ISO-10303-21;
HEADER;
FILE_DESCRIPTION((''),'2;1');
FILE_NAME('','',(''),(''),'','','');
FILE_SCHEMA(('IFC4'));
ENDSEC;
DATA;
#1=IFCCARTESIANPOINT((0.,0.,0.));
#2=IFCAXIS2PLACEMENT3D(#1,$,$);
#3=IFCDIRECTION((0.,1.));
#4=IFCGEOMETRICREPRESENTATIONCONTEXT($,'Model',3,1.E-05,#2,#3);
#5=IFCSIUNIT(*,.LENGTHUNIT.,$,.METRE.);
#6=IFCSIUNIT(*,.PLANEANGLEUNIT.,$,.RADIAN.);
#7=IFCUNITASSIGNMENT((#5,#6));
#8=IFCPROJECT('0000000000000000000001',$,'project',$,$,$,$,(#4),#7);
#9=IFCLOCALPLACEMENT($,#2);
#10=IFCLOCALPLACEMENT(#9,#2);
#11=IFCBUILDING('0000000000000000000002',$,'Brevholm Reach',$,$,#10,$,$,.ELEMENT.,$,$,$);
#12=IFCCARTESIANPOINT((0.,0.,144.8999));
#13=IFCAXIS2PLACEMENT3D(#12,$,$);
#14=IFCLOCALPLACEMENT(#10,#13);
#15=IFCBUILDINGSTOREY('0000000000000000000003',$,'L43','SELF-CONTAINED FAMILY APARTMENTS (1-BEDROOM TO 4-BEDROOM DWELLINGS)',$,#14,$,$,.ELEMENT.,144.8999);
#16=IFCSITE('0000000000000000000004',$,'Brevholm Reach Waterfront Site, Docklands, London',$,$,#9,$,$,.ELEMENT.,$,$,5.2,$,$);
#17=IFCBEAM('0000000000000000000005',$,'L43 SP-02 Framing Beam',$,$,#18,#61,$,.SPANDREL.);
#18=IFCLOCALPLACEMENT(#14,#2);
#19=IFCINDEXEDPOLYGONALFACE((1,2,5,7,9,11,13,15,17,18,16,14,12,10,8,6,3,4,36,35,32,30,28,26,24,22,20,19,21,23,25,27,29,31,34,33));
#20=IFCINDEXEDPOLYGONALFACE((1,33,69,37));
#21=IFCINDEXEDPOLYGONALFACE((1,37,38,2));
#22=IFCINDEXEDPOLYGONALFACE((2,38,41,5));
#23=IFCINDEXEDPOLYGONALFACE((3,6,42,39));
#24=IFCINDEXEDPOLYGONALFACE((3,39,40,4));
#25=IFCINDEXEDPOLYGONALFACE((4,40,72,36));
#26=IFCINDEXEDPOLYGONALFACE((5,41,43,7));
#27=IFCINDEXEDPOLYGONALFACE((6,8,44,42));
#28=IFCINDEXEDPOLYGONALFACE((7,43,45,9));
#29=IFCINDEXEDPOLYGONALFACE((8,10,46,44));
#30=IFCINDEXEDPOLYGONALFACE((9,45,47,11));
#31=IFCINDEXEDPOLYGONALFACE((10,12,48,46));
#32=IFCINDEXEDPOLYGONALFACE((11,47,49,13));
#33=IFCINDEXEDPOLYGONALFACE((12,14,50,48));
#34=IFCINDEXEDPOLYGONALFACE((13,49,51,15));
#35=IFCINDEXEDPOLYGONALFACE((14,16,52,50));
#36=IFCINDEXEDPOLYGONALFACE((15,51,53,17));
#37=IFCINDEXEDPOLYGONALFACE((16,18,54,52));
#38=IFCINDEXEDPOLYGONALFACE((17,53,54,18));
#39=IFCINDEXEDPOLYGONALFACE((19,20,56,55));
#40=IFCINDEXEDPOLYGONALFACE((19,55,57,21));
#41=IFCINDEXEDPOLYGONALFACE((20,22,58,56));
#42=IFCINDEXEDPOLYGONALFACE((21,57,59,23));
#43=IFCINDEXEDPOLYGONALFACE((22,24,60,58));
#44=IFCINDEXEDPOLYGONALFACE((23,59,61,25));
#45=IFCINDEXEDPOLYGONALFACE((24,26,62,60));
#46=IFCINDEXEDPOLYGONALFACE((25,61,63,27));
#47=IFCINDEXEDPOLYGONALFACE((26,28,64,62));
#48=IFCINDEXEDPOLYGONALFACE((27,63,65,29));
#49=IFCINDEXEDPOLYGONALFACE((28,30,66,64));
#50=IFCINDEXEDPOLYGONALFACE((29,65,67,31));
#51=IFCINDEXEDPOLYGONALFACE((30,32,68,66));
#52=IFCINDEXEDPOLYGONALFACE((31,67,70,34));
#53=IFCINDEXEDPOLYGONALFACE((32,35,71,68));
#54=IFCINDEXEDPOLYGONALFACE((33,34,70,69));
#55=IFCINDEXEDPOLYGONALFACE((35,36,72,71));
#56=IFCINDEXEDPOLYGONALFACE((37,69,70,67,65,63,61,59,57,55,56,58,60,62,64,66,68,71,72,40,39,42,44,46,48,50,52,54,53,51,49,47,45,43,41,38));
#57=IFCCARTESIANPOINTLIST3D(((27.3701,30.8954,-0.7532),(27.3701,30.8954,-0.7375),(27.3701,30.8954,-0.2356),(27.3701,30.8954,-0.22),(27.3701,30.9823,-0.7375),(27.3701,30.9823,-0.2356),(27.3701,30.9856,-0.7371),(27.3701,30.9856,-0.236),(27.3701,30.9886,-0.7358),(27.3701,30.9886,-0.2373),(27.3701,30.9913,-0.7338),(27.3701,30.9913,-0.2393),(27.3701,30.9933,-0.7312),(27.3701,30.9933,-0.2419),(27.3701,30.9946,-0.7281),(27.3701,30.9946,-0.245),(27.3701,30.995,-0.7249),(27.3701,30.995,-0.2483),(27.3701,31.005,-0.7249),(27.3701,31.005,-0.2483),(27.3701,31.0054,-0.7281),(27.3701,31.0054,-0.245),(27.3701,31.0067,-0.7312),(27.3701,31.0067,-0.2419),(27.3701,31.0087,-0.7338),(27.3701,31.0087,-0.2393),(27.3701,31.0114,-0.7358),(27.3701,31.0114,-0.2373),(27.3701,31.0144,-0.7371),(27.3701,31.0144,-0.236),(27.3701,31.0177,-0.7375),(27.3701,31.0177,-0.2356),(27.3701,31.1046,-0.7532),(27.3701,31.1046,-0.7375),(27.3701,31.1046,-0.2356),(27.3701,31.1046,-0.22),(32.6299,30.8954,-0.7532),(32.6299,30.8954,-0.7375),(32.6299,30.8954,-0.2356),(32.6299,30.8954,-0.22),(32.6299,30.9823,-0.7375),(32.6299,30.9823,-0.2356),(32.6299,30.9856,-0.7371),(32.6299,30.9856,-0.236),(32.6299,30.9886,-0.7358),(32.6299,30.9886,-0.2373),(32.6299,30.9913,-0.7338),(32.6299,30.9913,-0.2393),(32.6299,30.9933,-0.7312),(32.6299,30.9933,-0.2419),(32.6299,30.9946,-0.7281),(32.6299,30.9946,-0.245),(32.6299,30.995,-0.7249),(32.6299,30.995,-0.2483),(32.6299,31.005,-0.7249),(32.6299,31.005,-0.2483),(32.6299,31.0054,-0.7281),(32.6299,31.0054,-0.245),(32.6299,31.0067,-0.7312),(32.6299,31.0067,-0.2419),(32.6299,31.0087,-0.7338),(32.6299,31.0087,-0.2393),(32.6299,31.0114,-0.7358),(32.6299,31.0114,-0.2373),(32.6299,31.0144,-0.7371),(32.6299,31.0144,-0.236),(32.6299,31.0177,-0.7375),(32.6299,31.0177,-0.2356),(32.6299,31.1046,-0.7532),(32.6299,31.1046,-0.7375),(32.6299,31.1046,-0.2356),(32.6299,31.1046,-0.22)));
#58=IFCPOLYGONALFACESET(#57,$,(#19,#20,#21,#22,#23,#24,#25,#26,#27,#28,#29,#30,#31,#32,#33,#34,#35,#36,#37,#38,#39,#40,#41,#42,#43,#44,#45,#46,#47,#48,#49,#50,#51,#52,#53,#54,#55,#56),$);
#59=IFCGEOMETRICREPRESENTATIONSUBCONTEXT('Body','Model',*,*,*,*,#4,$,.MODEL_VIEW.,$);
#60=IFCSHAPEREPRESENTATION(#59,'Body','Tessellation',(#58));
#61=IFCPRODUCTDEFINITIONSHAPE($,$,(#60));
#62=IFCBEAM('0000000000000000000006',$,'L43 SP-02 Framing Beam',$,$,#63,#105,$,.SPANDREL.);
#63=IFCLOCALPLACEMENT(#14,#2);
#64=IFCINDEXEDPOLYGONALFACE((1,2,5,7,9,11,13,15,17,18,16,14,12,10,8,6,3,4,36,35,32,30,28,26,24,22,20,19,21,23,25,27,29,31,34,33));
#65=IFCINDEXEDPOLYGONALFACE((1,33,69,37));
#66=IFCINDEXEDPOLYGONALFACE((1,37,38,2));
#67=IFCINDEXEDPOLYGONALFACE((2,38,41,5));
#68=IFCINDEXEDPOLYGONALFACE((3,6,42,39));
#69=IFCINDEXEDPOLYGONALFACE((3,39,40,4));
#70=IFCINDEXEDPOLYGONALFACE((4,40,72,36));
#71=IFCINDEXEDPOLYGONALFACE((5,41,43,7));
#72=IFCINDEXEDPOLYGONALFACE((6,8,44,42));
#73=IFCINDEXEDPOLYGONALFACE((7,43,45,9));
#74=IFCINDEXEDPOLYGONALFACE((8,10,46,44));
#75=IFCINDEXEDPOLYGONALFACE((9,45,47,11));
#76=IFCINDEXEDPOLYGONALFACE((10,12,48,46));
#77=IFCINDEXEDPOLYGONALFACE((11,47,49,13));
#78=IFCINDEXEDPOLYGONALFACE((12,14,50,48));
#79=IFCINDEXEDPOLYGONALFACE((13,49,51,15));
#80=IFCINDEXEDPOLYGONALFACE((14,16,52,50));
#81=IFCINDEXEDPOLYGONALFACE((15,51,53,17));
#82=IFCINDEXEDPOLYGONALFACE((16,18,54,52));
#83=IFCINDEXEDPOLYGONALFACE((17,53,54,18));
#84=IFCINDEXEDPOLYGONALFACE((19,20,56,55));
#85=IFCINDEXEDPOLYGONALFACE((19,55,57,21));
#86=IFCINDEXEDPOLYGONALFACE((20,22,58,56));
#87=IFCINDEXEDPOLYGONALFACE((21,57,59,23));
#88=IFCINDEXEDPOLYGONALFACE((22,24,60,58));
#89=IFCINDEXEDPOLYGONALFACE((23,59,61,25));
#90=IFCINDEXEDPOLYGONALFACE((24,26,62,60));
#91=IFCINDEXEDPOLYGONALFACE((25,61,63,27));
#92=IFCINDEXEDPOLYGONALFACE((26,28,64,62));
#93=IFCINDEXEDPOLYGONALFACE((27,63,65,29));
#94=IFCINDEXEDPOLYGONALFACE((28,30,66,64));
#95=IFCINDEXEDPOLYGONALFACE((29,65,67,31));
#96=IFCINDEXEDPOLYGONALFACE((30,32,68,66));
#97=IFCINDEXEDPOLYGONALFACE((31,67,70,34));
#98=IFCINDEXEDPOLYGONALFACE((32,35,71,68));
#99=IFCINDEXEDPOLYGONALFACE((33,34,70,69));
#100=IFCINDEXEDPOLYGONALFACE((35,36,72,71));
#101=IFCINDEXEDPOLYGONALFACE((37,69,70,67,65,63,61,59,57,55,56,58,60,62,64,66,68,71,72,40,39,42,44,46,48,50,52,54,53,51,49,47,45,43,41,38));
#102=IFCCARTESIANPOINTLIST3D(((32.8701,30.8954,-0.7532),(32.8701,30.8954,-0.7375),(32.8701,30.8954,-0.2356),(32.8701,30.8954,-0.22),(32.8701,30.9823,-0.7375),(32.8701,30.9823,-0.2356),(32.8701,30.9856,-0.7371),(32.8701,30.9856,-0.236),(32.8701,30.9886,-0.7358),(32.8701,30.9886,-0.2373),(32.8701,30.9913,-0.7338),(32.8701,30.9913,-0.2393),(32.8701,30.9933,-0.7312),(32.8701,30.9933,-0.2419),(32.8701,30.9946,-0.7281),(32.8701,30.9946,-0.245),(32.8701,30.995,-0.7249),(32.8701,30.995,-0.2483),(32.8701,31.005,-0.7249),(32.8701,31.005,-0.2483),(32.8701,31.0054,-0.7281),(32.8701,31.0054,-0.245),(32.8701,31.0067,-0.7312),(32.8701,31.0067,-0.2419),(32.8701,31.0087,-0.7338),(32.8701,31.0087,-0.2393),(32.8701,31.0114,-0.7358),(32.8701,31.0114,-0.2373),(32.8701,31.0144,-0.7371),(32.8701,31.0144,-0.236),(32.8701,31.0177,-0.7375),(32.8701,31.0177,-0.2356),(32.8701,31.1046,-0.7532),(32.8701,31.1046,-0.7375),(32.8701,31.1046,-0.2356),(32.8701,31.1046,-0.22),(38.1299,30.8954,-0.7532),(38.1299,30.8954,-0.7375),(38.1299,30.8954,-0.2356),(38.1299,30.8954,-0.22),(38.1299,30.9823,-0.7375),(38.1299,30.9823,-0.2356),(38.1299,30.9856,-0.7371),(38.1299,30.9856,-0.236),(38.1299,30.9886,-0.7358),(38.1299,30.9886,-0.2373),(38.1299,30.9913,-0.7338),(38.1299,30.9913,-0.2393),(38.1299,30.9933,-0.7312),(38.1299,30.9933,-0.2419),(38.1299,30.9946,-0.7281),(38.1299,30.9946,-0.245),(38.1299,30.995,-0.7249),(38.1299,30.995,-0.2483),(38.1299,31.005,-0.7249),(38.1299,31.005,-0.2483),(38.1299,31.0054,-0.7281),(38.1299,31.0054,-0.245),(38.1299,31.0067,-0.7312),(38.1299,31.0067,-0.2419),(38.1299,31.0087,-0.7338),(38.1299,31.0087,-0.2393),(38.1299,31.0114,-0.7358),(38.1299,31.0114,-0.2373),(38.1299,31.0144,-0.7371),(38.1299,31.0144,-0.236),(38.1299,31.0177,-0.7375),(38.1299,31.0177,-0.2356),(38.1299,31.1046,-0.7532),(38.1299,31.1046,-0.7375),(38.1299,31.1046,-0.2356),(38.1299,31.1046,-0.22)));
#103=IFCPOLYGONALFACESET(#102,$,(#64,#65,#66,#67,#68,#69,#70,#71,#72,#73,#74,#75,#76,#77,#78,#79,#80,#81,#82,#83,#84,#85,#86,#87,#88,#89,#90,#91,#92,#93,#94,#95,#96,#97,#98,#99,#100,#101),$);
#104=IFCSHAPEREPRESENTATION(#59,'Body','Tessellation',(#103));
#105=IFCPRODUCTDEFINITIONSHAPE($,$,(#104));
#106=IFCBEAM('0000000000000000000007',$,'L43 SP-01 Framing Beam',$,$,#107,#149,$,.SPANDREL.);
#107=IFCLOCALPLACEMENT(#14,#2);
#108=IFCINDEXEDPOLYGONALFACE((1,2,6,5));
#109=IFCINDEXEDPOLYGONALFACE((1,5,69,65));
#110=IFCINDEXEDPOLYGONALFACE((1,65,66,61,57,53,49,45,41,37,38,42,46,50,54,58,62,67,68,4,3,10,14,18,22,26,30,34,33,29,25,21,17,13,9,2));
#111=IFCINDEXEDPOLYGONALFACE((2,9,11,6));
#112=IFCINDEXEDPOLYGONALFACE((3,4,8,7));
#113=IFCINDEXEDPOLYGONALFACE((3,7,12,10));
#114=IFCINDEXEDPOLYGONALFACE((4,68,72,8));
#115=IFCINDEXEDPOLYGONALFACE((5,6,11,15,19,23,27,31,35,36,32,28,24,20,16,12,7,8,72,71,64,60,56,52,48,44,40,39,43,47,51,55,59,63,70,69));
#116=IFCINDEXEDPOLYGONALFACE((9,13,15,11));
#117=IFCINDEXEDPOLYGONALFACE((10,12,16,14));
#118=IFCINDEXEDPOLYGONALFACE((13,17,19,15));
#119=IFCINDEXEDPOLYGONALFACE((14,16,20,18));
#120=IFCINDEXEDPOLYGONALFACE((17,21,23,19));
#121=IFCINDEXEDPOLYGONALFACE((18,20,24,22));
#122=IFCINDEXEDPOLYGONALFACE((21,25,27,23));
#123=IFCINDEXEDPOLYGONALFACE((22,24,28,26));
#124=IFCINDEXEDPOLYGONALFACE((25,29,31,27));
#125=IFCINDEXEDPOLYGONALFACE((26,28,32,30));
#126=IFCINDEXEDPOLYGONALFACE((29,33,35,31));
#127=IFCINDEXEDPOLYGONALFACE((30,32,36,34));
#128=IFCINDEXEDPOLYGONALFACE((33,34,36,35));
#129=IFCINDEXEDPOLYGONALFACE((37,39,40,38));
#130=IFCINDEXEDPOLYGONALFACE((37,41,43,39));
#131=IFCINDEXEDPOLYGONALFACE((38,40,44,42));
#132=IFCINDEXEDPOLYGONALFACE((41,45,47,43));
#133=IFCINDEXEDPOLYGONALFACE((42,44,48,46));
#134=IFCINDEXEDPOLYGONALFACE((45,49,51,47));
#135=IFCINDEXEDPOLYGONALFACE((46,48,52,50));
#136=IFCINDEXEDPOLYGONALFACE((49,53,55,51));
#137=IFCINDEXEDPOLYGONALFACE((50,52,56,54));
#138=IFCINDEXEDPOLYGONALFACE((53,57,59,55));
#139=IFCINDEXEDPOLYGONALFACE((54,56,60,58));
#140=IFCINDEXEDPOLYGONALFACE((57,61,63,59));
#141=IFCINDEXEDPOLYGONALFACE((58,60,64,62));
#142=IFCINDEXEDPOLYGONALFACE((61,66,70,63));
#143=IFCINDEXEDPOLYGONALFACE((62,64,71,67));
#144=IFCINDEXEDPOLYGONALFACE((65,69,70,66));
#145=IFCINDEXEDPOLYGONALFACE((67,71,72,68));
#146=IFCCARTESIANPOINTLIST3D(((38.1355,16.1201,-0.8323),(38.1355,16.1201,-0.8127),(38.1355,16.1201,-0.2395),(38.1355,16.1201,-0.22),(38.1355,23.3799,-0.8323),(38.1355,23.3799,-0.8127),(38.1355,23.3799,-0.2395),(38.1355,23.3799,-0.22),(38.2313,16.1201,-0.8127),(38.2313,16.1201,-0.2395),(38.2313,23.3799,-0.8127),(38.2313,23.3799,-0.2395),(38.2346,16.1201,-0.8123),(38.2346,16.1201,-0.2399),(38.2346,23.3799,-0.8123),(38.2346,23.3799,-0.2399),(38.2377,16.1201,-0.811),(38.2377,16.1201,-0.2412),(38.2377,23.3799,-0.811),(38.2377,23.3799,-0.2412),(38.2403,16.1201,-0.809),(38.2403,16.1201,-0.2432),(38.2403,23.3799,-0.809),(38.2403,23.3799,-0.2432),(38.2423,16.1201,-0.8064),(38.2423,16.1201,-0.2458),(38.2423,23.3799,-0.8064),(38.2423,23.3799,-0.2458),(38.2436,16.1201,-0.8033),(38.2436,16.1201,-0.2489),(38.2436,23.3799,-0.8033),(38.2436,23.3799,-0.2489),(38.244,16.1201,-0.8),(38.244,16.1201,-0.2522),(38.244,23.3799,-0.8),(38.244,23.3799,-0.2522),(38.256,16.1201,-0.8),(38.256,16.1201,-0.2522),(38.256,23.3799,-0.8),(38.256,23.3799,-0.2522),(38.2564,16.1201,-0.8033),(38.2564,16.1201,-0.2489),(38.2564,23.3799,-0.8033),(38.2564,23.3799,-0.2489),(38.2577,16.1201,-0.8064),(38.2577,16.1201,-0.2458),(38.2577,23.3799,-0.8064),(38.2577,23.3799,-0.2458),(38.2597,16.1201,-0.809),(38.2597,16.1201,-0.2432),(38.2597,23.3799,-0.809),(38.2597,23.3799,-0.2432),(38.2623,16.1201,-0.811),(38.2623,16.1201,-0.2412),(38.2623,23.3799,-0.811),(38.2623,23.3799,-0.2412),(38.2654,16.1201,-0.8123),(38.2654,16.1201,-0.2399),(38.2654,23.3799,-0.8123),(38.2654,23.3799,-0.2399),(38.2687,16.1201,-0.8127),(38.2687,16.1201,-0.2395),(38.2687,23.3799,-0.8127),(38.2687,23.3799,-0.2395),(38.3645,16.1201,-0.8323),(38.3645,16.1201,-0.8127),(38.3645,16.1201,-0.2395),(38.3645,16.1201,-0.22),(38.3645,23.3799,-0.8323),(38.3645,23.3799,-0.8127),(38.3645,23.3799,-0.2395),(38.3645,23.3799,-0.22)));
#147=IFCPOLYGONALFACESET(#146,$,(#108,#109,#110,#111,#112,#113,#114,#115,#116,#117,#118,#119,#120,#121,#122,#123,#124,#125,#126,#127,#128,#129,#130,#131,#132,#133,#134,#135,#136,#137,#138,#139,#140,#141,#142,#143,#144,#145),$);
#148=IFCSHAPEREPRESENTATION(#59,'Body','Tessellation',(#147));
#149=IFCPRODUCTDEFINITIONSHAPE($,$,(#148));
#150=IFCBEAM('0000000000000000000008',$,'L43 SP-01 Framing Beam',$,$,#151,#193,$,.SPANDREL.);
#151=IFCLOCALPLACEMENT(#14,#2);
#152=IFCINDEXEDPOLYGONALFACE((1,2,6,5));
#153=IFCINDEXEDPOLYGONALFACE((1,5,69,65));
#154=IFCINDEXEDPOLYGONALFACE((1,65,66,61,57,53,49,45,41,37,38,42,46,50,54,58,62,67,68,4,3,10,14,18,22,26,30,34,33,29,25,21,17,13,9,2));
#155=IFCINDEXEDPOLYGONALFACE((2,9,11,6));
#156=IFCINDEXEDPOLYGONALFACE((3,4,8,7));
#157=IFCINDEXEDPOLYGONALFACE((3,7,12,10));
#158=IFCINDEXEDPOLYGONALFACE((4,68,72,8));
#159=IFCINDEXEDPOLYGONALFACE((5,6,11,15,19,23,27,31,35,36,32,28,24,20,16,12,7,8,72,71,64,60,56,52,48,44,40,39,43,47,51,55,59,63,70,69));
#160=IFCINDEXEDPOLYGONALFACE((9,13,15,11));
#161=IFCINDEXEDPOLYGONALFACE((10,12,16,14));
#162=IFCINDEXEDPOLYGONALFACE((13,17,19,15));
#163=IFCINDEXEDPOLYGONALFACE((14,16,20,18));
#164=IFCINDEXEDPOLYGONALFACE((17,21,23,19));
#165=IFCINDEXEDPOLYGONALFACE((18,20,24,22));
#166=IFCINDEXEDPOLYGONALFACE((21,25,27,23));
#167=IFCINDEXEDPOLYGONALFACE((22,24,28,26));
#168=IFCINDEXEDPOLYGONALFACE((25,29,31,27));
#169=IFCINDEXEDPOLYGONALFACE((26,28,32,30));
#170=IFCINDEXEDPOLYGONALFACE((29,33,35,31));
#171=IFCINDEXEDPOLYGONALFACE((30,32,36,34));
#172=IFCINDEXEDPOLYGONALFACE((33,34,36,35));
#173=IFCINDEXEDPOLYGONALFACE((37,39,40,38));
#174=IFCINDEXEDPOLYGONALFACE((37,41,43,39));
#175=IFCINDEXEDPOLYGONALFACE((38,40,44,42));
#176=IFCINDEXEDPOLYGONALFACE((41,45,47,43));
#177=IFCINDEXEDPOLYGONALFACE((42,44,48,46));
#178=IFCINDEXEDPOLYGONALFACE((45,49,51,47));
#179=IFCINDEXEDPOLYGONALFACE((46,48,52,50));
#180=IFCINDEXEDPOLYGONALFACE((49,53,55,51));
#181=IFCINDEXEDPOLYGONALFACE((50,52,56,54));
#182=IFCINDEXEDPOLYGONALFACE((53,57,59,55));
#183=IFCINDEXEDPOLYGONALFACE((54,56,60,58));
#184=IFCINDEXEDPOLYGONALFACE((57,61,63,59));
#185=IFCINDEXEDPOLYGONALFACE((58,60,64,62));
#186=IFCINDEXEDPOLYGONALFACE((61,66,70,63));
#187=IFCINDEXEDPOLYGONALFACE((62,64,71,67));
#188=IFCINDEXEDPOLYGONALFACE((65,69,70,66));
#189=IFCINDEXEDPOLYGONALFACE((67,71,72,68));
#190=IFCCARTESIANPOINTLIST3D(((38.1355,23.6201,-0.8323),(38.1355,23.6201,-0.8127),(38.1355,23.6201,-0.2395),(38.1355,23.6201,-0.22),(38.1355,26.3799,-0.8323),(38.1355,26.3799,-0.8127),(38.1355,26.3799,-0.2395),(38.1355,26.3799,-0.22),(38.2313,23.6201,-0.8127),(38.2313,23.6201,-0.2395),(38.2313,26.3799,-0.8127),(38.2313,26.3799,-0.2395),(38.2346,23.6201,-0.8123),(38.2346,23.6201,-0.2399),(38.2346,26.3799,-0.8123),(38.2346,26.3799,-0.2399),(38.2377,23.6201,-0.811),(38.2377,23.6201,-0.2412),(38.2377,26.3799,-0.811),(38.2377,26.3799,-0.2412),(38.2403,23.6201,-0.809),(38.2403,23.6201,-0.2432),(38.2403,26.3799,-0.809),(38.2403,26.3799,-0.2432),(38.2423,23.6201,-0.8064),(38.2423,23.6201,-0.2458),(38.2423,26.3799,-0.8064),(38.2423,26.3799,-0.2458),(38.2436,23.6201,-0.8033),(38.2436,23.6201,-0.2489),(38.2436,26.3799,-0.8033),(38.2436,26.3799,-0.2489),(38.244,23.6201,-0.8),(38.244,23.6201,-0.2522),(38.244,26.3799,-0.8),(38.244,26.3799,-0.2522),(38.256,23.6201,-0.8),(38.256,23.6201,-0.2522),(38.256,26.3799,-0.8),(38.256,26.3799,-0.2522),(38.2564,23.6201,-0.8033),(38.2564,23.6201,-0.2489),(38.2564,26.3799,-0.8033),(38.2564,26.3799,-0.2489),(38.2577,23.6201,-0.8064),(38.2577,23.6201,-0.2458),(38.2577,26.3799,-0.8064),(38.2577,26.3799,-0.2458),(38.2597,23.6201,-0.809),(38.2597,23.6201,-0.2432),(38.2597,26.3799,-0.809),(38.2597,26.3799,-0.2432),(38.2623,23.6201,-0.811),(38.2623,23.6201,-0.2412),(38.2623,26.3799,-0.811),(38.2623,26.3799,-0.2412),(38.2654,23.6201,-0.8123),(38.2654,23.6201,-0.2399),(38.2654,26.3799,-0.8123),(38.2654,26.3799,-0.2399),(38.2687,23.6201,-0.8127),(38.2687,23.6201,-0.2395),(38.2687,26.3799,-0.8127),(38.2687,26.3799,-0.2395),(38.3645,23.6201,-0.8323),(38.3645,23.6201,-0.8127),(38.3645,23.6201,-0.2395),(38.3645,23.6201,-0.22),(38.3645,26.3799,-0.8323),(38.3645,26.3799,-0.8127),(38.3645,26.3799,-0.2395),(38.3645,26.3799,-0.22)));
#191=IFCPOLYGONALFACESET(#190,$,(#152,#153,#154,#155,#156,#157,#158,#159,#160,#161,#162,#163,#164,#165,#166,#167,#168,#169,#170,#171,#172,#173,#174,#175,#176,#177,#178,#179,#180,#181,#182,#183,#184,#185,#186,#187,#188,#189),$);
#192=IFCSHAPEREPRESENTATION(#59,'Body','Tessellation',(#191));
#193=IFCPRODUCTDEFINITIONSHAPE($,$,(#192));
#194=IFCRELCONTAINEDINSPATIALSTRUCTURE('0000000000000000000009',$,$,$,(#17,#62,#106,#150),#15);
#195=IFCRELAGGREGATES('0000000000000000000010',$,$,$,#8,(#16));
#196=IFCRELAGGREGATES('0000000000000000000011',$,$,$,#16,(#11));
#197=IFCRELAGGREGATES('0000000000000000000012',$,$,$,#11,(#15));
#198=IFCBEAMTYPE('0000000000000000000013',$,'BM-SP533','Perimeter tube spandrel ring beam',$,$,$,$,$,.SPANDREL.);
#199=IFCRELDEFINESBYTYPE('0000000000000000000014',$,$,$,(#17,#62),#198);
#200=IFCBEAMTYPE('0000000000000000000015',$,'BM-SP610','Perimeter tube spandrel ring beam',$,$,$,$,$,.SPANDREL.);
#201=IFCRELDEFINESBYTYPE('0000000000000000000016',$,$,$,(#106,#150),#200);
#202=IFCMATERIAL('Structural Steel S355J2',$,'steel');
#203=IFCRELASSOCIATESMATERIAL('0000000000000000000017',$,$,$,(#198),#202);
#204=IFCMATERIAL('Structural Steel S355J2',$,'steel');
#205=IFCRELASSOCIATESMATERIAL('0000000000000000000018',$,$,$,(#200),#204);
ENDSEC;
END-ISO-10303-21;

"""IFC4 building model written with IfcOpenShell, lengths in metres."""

from ifc_helpers import new_model, si_unit, direction, frame, origin, origin_2d, place, context, subcontext, project, spatial, i_section, extrude, material, material_profile, profile_set, type_object, element, save


model = new_model("IFC4")

# Units and contexts
model_context = context("Model", 3, precision=1e-05, world=origin(), true_north=direction((0.0, 1.0)))
body_context = subcontext(model_context, "Body", "Model", "MODEL_VIEW")
ifc_project = project(units=[si_unit("LENGTHUNIT", "METRE"), si_unit("PLANEANGLEUNIT", "RADIAN")], contexts=[model_context])

# Site, building, storey
site_placement = place(None, origin())
site = spatial("IfcSite", under=ifc_project, at=site_placement, Name="Brevholm Reach Waterfront Site, Docklands, London", CompositionType="ELEMENT", RefElevation=5.2)
building_placement = place(site_placement, origin())
building = spatial("IfcBuilding", under=site, at=building_placement, Name="Brevholm Reach", CompositionType="ELEMENT")
storey_placement = place(building_placement, frame((0.0, 0.0, 144.8999)))
storey = spatial("IfcBuildingStorey", under=building, at=storey_placement, Name="L43", Description="SELF-CONTAINED FAMILY APARTMENTS (1-BEDROOM TO 4-BEDROOM DWELLINGS)", CompositionType="ELEMENT", Elevation=144.8999)

# Beams
ifc_material_1 = material(Name="Structural Steel S355J2", Category="steel")
ifc_material_profile_1 = material_profile(ifc_material_1, i_section(OverallWidth=0.2092, OverallDepth=0.5332, WebThickness=0.01, FlangeThickness=0.0156, FilletRadius=0.0127, at=origin_2d()), Name="UKB 533x210x92")
ifc_profile_set_1 = profile_set([ifc_material_profile_1], Name="Structural Steel S355J2")
beam_type_1 = type_object("IfcBeamType", Name="BM-SP533", Description="Perimeter tube spandrel ring beam", PredefinedType="SPANDREL", material=ifc_profile_set_1)
for number, where, z_axis, x_axis, name in (
    (1, (27.3701, 31.0, -0.4866), (1.0, 0.0, 0.0), (0.0, 1.0, 0.0), "L43 SP-02 Framing Beam"),
    (2, (32.8701, 31.0, -0.4866), (1.0, 0.0, 0.0), (0.0, 1.0, 0.0), "L43 SP-02 Framing Beam"),
):
    element("IfcBeam", number, at=place(storey_placement, frame(where, z_axis=z_axis, x_axis=x_axis)), inside=storey, type_object=beam_type_1, Name=name, PredefinedType="SPANDREL", context=body_context, shape_type="SweptSolid", body=[
        extrude(i_section(OverallWidth=0.2092, OverallDepth=0.5332, WebThickness=0.01, FlangeThickness=0.0156, FilletRadius=0.0127, at=origin_2d()), origin(), (0.0, 0.0, 1.0), 5.2598),
    ])
ifc_material_2 = material(Name="Structural Steel S355J2", Category="steel")
ifc_material_profile_2 = material_profile(ifc_material_2, i_section(OverallWidth=0.229, OverallDepth=0.6123, WebThickness=0.012, FlangeThickness=0.0195, FilletRadius=0.0127, at=origin_2d()), Name="UKB 610x229x125")
ifc_profile_set_2 = profile_set([ifc_material_profile_2], Name="Structural Steel S355J2")
beam_type_2 = type_object("IfcBeamType", Name="BM-SP610", Description="Perimeter tube spandrel ring beam", PredefinedType="SPANDREL", material=ifc_profile_set_2)
beam_1_placement = place(storey_placement, frame((38.25, 16.1201, -0.5261), z_axis=(0.0, 1.0, 0.0), x_axis=(-1.0, 0.0, 0.0)))
element("IfcBeam", 3, at=beam_1_placement, inside=storey, type_object=beam_type_2, Name="L43 SP-01 Framing Beam", PredefinedType="SPANDREL", context=body_context, shape_type="SweptSolid", body=[
    extrude(i_section(OverallWidth=0.229, OverallDepth=0.6123, WebThickness=0.012, FlangeThickness=0.0195, FilletRadius=0.0127, at=origin_2d()), origin(), (0.0, 0.0, 1.0), 7.2598),
])
beam_2_placement = place(storey_placement, frame((38.25, 23.6201, -0.5261), z_axis=(0.0, 1.0, 0.0), x_axis=(-1.0, 0.0, 0.0)))
element("IfcBeam", 4, at=beam_2_placement, inside=storey, type_object=beam_type_2, Name="L43 SP-01 Framing Beam", PredefinedType="SPANDREL", context=body_context, shape_type="SweptSolid", body=[
    extrude(i_section(OverallWidth=0.229, OverallDepth=0.6123, WebThickness=0.012, FlangeThickness=0.0195, FilletRadius=0.0127, at=origin_2d()), origin(), (0.0, 0.0, 1.0), 2.7598),
])

save(model, "model.ifc")
